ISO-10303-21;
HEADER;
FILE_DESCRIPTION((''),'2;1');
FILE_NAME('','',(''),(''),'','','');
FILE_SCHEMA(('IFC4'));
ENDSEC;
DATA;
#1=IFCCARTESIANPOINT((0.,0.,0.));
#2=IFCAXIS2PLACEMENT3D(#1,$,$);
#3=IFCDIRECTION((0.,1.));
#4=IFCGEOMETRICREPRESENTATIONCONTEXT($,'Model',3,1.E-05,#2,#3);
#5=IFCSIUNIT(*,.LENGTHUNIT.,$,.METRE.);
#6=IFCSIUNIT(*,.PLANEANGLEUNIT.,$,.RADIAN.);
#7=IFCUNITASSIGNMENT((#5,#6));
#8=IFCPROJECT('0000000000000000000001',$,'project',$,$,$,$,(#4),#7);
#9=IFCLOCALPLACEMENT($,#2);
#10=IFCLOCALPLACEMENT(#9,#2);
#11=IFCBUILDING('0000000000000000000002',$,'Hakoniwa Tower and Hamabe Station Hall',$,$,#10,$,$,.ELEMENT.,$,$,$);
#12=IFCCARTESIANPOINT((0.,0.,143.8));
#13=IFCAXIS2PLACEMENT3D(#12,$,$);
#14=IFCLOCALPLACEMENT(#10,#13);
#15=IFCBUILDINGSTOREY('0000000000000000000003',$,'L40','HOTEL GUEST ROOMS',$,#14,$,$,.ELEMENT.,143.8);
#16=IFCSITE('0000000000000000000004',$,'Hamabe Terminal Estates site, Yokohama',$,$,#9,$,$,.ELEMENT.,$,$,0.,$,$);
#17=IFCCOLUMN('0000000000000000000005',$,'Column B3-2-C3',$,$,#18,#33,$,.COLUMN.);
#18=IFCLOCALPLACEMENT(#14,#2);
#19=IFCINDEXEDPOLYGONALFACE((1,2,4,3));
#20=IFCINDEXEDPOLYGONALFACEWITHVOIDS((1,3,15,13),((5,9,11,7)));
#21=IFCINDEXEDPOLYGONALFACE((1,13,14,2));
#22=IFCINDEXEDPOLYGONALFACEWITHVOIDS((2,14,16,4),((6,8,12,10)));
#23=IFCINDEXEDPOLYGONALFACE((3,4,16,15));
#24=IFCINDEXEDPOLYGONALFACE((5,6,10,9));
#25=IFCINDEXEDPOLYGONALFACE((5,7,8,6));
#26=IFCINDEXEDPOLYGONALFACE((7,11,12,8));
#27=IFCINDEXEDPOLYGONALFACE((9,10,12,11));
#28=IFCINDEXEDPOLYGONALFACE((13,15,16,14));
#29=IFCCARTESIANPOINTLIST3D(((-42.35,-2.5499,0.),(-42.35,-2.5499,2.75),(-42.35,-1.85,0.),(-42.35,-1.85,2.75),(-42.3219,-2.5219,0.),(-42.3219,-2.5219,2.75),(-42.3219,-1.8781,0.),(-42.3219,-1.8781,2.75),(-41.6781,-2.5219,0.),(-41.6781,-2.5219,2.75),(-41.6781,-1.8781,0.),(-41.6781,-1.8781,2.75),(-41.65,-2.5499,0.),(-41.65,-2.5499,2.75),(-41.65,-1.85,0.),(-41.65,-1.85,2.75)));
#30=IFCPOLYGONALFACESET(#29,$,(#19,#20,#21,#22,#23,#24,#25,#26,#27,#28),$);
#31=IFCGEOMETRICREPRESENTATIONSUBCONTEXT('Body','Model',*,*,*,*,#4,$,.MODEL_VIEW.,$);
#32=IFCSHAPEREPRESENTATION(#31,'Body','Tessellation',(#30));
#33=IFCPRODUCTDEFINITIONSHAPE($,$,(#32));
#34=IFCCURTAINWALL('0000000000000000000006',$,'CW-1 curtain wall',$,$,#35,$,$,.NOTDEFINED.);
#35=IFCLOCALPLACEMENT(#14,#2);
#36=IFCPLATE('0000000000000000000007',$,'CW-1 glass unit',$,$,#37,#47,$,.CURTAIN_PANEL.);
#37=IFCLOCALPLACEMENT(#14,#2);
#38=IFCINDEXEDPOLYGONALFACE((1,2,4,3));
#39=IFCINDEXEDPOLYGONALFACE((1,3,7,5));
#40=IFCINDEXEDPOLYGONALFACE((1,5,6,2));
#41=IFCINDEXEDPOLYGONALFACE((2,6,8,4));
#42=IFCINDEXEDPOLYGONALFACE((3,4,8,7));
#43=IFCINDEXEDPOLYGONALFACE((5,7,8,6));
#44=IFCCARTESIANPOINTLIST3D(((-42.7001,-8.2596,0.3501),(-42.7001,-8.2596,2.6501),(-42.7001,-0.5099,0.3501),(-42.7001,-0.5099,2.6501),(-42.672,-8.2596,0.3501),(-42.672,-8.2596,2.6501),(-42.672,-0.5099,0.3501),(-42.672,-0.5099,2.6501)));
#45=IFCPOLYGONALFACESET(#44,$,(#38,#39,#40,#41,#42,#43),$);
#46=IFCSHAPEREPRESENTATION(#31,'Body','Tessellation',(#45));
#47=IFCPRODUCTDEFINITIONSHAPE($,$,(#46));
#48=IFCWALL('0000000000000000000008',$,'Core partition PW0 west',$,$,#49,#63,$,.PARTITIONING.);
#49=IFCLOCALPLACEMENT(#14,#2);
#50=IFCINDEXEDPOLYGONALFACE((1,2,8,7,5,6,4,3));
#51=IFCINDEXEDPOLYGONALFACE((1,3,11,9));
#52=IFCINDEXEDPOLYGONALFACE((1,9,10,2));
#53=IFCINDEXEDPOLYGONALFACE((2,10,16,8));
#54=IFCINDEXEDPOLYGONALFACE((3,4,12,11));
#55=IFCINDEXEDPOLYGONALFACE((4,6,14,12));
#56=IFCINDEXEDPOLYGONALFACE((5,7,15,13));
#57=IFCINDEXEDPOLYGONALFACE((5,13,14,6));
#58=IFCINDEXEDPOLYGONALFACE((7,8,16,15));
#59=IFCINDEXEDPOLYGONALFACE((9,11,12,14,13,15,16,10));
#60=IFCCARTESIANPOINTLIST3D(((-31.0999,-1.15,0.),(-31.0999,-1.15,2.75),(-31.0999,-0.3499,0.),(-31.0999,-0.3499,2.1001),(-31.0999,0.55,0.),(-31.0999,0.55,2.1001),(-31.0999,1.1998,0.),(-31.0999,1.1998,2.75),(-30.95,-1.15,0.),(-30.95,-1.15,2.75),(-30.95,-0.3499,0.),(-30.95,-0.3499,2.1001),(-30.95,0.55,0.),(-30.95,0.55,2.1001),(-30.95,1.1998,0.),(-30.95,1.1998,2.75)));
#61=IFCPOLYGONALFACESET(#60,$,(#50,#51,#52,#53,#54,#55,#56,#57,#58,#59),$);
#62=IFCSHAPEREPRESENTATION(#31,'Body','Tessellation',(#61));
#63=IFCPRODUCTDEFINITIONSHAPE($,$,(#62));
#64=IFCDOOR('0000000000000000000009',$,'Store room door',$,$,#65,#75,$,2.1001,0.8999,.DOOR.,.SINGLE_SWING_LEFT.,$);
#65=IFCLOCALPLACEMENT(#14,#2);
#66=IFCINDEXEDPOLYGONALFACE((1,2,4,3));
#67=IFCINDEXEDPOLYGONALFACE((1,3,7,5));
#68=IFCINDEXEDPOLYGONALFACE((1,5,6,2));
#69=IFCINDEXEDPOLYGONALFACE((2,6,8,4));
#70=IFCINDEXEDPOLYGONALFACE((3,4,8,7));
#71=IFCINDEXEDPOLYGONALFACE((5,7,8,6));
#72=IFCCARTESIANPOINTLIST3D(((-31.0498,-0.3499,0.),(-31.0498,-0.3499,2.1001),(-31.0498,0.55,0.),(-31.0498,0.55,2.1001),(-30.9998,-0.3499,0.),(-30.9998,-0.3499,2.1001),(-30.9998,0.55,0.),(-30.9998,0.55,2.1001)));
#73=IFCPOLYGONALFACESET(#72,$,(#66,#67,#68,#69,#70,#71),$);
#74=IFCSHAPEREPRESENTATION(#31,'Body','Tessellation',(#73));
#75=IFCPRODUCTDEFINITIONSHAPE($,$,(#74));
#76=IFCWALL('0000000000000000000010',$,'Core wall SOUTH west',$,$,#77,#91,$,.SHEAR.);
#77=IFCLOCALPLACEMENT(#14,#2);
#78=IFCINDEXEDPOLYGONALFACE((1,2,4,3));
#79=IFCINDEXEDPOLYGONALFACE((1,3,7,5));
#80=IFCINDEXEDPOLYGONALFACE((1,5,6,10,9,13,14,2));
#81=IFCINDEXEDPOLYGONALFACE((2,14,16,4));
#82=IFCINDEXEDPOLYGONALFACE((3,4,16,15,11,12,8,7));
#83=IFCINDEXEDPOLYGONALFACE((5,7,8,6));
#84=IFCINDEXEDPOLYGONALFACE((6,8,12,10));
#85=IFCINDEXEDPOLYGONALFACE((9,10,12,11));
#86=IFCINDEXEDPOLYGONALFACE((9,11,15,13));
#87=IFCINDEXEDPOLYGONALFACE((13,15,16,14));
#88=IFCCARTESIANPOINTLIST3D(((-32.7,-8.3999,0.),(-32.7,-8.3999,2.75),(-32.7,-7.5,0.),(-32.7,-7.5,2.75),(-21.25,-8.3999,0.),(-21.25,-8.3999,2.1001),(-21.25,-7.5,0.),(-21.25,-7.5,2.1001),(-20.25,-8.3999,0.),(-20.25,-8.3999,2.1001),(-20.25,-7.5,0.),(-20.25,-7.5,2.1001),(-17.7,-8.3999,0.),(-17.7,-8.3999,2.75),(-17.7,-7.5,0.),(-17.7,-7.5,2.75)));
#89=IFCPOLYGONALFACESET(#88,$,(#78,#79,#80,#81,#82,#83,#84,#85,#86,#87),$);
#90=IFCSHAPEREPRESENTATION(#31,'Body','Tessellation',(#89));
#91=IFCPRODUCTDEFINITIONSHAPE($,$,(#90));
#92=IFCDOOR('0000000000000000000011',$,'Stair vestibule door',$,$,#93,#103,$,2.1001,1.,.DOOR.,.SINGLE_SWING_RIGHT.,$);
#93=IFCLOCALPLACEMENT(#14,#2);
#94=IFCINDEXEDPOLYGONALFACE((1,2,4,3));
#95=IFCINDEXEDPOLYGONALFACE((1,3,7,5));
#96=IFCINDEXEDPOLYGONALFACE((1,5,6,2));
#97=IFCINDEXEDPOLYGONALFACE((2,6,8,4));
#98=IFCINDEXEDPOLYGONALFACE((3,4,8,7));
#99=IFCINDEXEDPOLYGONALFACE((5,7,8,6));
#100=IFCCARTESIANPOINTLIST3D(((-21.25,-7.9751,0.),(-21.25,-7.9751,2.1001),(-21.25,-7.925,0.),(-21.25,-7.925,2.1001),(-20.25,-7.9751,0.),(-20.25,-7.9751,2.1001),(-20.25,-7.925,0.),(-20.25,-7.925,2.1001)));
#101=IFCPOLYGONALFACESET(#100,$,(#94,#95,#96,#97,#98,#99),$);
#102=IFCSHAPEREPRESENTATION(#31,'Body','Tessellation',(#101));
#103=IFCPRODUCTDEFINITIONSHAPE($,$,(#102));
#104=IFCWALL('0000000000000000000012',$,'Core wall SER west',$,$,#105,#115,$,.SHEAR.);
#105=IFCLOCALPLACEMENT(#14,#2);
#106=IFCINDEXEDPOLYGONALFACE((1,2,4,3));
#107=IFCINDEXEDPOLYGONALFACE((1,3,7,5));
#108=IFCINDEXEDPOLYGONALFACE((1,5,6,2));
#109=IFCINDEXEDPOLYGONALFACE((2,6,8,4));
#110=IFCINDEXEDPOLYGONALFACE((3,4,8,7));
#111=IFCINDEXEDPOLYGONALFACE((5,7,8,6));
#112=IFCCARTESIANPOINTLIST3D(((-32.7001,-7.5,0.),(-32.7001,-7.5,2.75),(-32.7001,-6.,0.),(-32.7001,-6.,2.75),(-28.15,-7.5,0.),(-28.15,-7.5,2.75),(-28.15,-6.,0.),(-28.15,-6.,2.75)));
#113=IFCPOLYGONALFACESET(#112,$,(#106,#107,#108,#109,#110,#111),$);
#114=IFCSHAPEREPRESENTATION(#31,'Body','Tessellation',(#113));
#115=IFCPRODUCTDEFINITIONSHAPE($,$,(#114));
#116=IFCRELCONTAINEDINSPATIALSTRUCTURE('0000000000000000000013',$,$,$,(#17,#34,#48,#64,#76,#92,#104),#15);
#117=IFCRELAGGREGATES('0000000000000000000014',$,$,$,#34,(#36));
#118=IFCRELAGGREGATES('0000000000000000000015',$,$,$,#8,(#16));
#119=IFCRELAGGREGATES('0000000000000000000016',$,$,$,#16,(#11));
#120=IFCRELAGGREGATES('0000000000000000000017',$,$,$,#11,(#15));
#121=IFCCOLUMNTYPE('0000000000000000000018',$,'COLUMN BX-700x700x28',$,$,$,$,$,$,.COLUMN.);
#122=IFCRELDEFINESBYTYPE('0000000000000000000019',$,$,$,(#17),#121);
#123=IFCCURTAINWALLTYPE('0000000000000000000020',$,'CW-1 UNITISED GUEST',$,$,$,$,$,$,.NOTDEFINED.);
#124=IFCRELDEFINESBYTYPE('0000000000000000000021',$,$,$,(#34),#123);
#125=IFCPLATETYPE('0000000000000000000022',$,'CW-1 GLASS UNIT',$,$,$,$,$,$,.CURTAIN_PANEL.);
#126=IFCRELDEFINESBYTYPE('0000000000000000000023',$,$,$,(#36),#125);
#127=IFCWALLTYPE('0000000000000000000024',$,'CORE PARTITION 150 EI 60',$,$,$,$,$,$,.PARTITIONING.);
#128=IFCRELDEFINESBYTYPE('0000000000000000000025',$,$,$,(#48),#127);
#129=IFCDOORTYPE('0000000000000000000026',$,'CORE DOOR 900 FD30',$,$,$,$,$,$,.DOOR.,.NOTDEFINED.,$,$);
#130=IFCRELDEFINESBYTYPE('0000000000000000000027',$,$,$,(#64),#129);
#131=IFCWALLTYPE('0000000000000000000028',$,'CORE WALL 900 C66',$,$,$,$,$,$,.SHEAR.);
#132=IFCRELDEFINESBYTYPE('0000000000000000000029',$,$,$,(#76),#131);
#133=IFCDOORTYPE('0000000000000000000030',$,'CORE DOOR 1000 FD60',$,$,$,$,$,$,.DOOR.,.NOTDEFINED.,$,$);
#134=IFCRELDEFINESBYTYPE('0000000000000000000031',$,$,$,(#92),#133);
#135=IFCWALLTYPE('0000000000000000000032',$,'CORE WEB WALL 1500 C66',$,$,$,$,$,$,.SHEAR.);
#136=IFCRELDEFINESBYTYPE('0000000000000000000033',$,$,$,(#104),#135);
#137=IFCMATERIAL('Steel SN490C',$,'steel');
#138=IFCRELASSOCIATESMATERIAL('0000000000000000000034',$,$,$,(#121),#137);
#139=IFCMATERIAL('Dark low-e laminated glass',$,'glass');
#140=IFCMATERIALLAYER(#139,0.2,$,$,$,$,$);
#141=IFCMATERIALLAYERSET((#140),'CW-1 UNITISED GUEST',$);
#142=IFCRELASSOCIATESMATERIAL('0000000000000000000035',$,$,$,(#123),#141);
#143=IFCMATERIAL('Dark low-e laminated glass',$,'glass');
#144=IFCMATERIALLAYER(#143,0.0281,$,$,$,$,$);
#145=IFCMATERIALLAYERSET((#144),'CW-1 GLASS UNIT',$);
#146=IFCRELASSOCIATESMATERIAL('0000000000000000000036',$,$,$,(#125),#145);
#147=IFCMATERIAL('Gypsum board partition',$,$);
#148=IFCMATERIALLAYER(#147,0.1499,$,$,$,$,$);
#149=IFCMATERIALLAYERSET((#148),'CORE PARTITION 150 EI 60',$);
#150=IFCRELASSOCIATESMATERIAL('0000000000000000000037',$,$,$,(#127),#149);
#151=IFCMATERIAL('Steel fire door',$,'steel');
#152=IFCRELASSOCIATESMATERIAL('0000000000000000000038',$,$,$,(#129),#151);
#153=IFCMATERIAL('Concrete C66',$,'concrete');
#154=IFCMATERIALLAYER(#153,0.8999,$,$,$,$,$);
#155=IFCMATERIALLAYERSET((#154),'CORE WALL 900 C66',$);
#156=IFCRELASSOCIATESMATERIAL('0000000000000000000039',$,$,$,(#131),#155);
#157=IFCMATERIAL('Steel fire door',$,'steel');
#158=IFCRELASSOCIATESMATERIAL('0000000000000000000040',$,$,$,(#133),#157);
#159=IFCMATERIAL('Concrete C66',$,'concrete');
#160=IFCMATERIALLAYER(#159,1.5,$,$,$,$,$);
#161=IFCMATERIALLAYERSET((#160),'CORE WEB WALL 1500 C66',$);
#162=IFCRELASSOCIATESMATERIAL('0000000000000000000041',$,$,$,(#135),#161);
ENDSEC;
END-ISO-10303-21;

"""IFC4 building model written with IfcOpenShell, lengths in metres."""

from ifc_helpers import new_model, si_unit, direction, frame, frame_2d, origin, origin_2d, place, context, subcontext, project, spatial, rectangle, hollow_rectangle, extrude, material, layer, layer_set, material_profile, profile_set, type_object, element, fill, aggregate, save


model = new_model("IFC4")

# Units and contexts
model_context = context("Model", 3, precision=1e-05, world=origin(), true_north=direction((0.0, 1.0)))
body_context = subcontext(model_context, "Body", "Model", "MODEL_VIEW")
ifc_project = project(units=[si_unit("LENGTHUNIT", "METRE"), si_unit("PLANEANGLEUNIT", "RADIAN")], contexts=[model_context])

# Site, building, storey
site_placement = place(None, origin())
site = spatial("IfcSite", under=ifc_project, at=site_placement, Name="Hamabe Terminal Estates site, Yokohama", CompositionType="ELEMENT", RefElevation=0.0)
building_placement = place(site_placement, origin())
building = spatial("IfcBuilding", under=site, at=building_placement, Name="Hakoniwa Tower and Hamabe Station Hall", CompositionType="ELEMENT")
storey_placement = place(building_placement, frame((0.0, 0.0, 143.8)))
storey = spatial("IfcBuildingStorey", under=building, at=storey_placement, Name="L40", Description="HOTEL GUEST ROOMS", CompositionType="ELEMENT", Elevation=143.8)

# Column
ifc_material_1 = material(Name="Steel SN490C", Category="steel")
ifc_material_profile = material_profile(ifc_material_1, hollow_rectangle(XDim=0.7, YDim=0.7, WallThickness=0.0281, at=origin_2d()), Name="BX-700x700x28")
ifc_profile_set = profile_set([ifc_material_profile], Name="Steel SN490C")
column_type = type_object("IfcColumnType", Name="COLUMN BX-700x700x28", PredefinedType="COLUMN", material=ifc_profile_set)
column_placement = place(storey_placement, frame((-42.0, -2.2, 0.0), z_axis=(0.0, 0.0, 1.0), x_axis=(1.0, 0.0, 0.0)))
element("IfcColumn", 1, at=column_placement, inside=storey, type_object=column_type, Name="Column B3-2-C3", PredefinedType="COLUMN", context=body_context, shape_type="SweptSolid", body=[
    extrude(hollow_rectangle(XDim=0.7, YDim=0.7, WallThickness=0.0281, at=origin_2d()), origin(), (0.0, 0.0, 1.0), 2.75),
])

# Curtain wall, plate
ifc_material_2 = material(Name="Dark low-e laminated glass", Category="glass")
ifc_layer_1 = layer(ifc_material_2, 0.2)
ifc_layer_set_1 = layer_set([ifc_layer_1], Name="CW-1 UNITISED GUEST")
curtain_wall_type = type_object("IfcCurtainWallType", Name="CW-1 UNITISED GUEST", PredefinedType="NOTDEFINED", material=ifc_layer_set_1)
curtain_wall_placement = place(storey_placement, origin())
curtain_wall = element("IfcCurtainWall", 2, at=curtain_wall_placement, inside=storey, type_object=curtain_wall_type, Name="CW-1 curtain wall", PredefinedType="NOTDEFINED")
ifc_material_3 = material(Name="Dark low-e laminated glass", Category="glass")
ifc_layer_2 = layer(ifc_material_3, 0.0281)
ifc_layer_set_2 = layer_set([ifc_layer_2], Name="CW-1 GLASS UNIT")
plate_type = type_object("IfcPlateType", Name="CW-1 GLASS UNIT", PredefinedType="CURTAIN_PANEL", material=ifc_layer_set_2)
plate_placement = place(storey_placement, frame((-42.686, -4.3848, 0.3501), z_axis=(0.0, 0.0, 1.0), x_axis=(0.0, -1.0, 0.0)))
plate = element("IfcPlate", 3, at=plate_placement, type_object=plate_type, Name="CW-1 glass unit", PredefinedType="CURTAIN_PANEL", context=body_context, shape_type="SweptSolid", body=[
    extrude(rectangle(XDim=7.7498, YDim=0.0281, at=origin_2d()), origin(), (0.0, 0.0, 1.0), 2.3),
])
aggregate(curtain_wall, [plate])

# Walls, openings, doors
ifc_material_4 = material(Name="Gypsum board partition")
ifc_layer_3 = layer(ifc_material_4, 0.1499)
ifc_layer_set_3 = layer_set([ifc_layer_3], Name="CORE PARTITION 150 EI 60")
wall_type_1 = type_object("IfcWallType", Name="CORE PARTITION 150 EI 60", PredefinedType="PARTITIONING", material=ifc_layer_set_3)
wall_1_placement = place(storey_placement, frame((-31.0249, -1.1499, 0.0), z_axis=(0.0, 0.0, 1.0), x_axis=(0.0, 1.0, 0.0)))
wall_1 = element("IfcWall", 4, at=wall_1_placement, inside=storey, type_object=wall_type_1, Name="Core partition PW0 west", PredefinedType="PARTITIONING", context=body_context, shape_type="SweptSolid", body=[
    extrude(rectangle(XDim=2.3499, YDim=0.1499, at=frame_2d((1.1748, 0.0))), origin(), (0.0, 0.0, 1.0), 2.75),
])
opening_1_placement = place(wall_1_placement, frame((0.8, 0.0, 0.0)))
opening_1 = element("IfcOpeningElement", 5, at=opening_1_placement, cuts=wall_1, PredefinedType="OPENING", context=body_context, shape_type="SweptSolid", body=[
    extrude(rectangle(XDim=0.8999, YDim=2.1001, at=frame_2d((0.45, 1.05))), frame((0.0, 0.085, 0.0), z_axis=(0.0, -1.0, 0.0), x_axis=(1.0, 0.0, 0.0)), (0.0, 0.0, 1.0), 0.1699),
])
ifc_material_5 = material(Name="Steel fire door", Category="steel")
door_type_1 = type_object("IfcDoorType", Name="CORE DOOR 900 FD30", OperationType="NOTDEFINED", PredefinedType="DOOR", material=ifc_material_5)
door_1_placement = place(opening_1_placement, origin())
door_1 = element("IfcDoor", 6, at=door_1_placement, inside=storey, type_object=door_type_1, Name="Store room door", OperationType="SINGLE_SWING_LEFT", OverallHeight=2.1001, OverallWidth=0.8999, PredefinedType="DOOR", context=body_context, shape_type="SweptSolid", body=[
    extrude(rectangle(XDim=0.8999, YDim=2.1001, at=frame_2d((0.45, 1.05))), frame((0.0, 0.0249, 0.0), z_axis=(0.0, -1.0, 0.0), x_axis=(1.0, 0.0, 0.0)), (0.0, 0.0, 1.0), 0.05),
])
fill(opening_1, door_1)
ifc_material_6 = material(Name="Concrete C66", Category="concrete")
ifc_layer_4 = layer(ifc_material_6, 0.8999)
ifc_layer_set_4 = layer_set([ifc_layer_4], Name="CORE WALL 900 C66")
wall_type_2 = type_object("IfcWallType", Name="CORE WALL 900 C66", PredefinedType="SHEAR", material=ifc_layer_set_4)
wall_2_placement = place(storey_placement, frame((-32.7, -7.95, 0.0), z_axis=(0.0, 0.0, 1.0), x_axis=(1.0, 0.0, 0.0)))
wall_2 = element("IfcWall", 7, at=wall_2_placement, inside=storey, type_object=wall_type_2, Name="Core wall SOUTH west", PredefinedType="SHEAR", context=body_context, shape_type="SweptSolid", body=[
    extrude(rectangle(XDim=15.0, YDim=0.8999, at=frame_2d((7.5, 0.0))), origin(), (0.0, 0.0, 1.0), 2.75),
])
opening_2_placement = place(wall_2_placement, frame((11.45, 0.0, 0.0)))
opening_2 = element("IfcOpeningElement", 8, at=opening_2_placement, cuts=wall_2, PredefinedType="OPENING", context=body_context, shape_type="SweptSolid", body=[
    extrude(rectangle(XDim=1.0, YDim=2.1001, at=frame_2d((0.5, 1.05))), frame((0.0, 0.46, 0.0), z_axis=(0.0, -1.0, 0.0), x_axis=(1.0, 0.0, 0.0)), (0.0, 0.0, 1.0), 0.9199),
])
ifc_material_7 = material(Name="Steel fire door", Category="steel")
door_type_2 = type_object("IfcDoorType", Name="CORE DOOR 1000 FD60", OperationType="NOTDEFINED", PredefinedType="DOOR", material=ifc_material_7)
door_2_placement = place(opening_2_placement, origin())
door_2 = element("IfcDoor", 9, at=door_2_placement, inside=storey, type_object=door_type_2, Name="Stair vestibule door", OperationType="SINGLE_SWING_RIGHT", OverallHeight=2.1001, OverallWidth=1.0, PredefinedType="DOOR", context=body_context, shape_type="SweptSolid", body=[
    extrude(rectangle(XDim=1.0, YDim=2.1001, at=frame_2d((0.5, 1.05))), frame((0.0, 0.0249, 0.0), z_axis=(0.0, -1.0, 0.0), x_axis=(1.0, 0.0, 0.0)), (0.0, 0.0, 1.0), 0.05),
])
fill(opening_2, door_2)

# Wall
ifc_material_8 = material(Name="Concrete C66", Category="concrete")
ifc_layer_5 = layer(ifc_material_8, 1.5)
ifc_layer_set_5 = layer_set([ifc_layer_5], Name="CORE WEB WALL 1500 C66")
wall_type_3 = type_object("IfcWallType", Name="CORE WEB WALL 1500 C66", PredefinedType="SHEAR", material=ifc_layer_set_5)
wall_3_placement = place(storey_placement, frame((-32.7, -6.75, 0.0), z_axis=(0.0, 0.0, 1.0), x_axis=(1.0, 0.0, 0.0)))
element("IfcWall", 10, at=wall_3_placement, inside=storey, type_object=wall_type_3, Name="Core wall SER west", PredefinedType="SHEAR", context=body_context, shape_type="SweptSolid", body=[
    extrude(rectangle(XDim=4.55, YDim=1.5, at=frame_2d((2.2749, 0.0))), origin(), (0.0, 0.0, 1.0), 2.75),
])

save(model, "model.ifc")
